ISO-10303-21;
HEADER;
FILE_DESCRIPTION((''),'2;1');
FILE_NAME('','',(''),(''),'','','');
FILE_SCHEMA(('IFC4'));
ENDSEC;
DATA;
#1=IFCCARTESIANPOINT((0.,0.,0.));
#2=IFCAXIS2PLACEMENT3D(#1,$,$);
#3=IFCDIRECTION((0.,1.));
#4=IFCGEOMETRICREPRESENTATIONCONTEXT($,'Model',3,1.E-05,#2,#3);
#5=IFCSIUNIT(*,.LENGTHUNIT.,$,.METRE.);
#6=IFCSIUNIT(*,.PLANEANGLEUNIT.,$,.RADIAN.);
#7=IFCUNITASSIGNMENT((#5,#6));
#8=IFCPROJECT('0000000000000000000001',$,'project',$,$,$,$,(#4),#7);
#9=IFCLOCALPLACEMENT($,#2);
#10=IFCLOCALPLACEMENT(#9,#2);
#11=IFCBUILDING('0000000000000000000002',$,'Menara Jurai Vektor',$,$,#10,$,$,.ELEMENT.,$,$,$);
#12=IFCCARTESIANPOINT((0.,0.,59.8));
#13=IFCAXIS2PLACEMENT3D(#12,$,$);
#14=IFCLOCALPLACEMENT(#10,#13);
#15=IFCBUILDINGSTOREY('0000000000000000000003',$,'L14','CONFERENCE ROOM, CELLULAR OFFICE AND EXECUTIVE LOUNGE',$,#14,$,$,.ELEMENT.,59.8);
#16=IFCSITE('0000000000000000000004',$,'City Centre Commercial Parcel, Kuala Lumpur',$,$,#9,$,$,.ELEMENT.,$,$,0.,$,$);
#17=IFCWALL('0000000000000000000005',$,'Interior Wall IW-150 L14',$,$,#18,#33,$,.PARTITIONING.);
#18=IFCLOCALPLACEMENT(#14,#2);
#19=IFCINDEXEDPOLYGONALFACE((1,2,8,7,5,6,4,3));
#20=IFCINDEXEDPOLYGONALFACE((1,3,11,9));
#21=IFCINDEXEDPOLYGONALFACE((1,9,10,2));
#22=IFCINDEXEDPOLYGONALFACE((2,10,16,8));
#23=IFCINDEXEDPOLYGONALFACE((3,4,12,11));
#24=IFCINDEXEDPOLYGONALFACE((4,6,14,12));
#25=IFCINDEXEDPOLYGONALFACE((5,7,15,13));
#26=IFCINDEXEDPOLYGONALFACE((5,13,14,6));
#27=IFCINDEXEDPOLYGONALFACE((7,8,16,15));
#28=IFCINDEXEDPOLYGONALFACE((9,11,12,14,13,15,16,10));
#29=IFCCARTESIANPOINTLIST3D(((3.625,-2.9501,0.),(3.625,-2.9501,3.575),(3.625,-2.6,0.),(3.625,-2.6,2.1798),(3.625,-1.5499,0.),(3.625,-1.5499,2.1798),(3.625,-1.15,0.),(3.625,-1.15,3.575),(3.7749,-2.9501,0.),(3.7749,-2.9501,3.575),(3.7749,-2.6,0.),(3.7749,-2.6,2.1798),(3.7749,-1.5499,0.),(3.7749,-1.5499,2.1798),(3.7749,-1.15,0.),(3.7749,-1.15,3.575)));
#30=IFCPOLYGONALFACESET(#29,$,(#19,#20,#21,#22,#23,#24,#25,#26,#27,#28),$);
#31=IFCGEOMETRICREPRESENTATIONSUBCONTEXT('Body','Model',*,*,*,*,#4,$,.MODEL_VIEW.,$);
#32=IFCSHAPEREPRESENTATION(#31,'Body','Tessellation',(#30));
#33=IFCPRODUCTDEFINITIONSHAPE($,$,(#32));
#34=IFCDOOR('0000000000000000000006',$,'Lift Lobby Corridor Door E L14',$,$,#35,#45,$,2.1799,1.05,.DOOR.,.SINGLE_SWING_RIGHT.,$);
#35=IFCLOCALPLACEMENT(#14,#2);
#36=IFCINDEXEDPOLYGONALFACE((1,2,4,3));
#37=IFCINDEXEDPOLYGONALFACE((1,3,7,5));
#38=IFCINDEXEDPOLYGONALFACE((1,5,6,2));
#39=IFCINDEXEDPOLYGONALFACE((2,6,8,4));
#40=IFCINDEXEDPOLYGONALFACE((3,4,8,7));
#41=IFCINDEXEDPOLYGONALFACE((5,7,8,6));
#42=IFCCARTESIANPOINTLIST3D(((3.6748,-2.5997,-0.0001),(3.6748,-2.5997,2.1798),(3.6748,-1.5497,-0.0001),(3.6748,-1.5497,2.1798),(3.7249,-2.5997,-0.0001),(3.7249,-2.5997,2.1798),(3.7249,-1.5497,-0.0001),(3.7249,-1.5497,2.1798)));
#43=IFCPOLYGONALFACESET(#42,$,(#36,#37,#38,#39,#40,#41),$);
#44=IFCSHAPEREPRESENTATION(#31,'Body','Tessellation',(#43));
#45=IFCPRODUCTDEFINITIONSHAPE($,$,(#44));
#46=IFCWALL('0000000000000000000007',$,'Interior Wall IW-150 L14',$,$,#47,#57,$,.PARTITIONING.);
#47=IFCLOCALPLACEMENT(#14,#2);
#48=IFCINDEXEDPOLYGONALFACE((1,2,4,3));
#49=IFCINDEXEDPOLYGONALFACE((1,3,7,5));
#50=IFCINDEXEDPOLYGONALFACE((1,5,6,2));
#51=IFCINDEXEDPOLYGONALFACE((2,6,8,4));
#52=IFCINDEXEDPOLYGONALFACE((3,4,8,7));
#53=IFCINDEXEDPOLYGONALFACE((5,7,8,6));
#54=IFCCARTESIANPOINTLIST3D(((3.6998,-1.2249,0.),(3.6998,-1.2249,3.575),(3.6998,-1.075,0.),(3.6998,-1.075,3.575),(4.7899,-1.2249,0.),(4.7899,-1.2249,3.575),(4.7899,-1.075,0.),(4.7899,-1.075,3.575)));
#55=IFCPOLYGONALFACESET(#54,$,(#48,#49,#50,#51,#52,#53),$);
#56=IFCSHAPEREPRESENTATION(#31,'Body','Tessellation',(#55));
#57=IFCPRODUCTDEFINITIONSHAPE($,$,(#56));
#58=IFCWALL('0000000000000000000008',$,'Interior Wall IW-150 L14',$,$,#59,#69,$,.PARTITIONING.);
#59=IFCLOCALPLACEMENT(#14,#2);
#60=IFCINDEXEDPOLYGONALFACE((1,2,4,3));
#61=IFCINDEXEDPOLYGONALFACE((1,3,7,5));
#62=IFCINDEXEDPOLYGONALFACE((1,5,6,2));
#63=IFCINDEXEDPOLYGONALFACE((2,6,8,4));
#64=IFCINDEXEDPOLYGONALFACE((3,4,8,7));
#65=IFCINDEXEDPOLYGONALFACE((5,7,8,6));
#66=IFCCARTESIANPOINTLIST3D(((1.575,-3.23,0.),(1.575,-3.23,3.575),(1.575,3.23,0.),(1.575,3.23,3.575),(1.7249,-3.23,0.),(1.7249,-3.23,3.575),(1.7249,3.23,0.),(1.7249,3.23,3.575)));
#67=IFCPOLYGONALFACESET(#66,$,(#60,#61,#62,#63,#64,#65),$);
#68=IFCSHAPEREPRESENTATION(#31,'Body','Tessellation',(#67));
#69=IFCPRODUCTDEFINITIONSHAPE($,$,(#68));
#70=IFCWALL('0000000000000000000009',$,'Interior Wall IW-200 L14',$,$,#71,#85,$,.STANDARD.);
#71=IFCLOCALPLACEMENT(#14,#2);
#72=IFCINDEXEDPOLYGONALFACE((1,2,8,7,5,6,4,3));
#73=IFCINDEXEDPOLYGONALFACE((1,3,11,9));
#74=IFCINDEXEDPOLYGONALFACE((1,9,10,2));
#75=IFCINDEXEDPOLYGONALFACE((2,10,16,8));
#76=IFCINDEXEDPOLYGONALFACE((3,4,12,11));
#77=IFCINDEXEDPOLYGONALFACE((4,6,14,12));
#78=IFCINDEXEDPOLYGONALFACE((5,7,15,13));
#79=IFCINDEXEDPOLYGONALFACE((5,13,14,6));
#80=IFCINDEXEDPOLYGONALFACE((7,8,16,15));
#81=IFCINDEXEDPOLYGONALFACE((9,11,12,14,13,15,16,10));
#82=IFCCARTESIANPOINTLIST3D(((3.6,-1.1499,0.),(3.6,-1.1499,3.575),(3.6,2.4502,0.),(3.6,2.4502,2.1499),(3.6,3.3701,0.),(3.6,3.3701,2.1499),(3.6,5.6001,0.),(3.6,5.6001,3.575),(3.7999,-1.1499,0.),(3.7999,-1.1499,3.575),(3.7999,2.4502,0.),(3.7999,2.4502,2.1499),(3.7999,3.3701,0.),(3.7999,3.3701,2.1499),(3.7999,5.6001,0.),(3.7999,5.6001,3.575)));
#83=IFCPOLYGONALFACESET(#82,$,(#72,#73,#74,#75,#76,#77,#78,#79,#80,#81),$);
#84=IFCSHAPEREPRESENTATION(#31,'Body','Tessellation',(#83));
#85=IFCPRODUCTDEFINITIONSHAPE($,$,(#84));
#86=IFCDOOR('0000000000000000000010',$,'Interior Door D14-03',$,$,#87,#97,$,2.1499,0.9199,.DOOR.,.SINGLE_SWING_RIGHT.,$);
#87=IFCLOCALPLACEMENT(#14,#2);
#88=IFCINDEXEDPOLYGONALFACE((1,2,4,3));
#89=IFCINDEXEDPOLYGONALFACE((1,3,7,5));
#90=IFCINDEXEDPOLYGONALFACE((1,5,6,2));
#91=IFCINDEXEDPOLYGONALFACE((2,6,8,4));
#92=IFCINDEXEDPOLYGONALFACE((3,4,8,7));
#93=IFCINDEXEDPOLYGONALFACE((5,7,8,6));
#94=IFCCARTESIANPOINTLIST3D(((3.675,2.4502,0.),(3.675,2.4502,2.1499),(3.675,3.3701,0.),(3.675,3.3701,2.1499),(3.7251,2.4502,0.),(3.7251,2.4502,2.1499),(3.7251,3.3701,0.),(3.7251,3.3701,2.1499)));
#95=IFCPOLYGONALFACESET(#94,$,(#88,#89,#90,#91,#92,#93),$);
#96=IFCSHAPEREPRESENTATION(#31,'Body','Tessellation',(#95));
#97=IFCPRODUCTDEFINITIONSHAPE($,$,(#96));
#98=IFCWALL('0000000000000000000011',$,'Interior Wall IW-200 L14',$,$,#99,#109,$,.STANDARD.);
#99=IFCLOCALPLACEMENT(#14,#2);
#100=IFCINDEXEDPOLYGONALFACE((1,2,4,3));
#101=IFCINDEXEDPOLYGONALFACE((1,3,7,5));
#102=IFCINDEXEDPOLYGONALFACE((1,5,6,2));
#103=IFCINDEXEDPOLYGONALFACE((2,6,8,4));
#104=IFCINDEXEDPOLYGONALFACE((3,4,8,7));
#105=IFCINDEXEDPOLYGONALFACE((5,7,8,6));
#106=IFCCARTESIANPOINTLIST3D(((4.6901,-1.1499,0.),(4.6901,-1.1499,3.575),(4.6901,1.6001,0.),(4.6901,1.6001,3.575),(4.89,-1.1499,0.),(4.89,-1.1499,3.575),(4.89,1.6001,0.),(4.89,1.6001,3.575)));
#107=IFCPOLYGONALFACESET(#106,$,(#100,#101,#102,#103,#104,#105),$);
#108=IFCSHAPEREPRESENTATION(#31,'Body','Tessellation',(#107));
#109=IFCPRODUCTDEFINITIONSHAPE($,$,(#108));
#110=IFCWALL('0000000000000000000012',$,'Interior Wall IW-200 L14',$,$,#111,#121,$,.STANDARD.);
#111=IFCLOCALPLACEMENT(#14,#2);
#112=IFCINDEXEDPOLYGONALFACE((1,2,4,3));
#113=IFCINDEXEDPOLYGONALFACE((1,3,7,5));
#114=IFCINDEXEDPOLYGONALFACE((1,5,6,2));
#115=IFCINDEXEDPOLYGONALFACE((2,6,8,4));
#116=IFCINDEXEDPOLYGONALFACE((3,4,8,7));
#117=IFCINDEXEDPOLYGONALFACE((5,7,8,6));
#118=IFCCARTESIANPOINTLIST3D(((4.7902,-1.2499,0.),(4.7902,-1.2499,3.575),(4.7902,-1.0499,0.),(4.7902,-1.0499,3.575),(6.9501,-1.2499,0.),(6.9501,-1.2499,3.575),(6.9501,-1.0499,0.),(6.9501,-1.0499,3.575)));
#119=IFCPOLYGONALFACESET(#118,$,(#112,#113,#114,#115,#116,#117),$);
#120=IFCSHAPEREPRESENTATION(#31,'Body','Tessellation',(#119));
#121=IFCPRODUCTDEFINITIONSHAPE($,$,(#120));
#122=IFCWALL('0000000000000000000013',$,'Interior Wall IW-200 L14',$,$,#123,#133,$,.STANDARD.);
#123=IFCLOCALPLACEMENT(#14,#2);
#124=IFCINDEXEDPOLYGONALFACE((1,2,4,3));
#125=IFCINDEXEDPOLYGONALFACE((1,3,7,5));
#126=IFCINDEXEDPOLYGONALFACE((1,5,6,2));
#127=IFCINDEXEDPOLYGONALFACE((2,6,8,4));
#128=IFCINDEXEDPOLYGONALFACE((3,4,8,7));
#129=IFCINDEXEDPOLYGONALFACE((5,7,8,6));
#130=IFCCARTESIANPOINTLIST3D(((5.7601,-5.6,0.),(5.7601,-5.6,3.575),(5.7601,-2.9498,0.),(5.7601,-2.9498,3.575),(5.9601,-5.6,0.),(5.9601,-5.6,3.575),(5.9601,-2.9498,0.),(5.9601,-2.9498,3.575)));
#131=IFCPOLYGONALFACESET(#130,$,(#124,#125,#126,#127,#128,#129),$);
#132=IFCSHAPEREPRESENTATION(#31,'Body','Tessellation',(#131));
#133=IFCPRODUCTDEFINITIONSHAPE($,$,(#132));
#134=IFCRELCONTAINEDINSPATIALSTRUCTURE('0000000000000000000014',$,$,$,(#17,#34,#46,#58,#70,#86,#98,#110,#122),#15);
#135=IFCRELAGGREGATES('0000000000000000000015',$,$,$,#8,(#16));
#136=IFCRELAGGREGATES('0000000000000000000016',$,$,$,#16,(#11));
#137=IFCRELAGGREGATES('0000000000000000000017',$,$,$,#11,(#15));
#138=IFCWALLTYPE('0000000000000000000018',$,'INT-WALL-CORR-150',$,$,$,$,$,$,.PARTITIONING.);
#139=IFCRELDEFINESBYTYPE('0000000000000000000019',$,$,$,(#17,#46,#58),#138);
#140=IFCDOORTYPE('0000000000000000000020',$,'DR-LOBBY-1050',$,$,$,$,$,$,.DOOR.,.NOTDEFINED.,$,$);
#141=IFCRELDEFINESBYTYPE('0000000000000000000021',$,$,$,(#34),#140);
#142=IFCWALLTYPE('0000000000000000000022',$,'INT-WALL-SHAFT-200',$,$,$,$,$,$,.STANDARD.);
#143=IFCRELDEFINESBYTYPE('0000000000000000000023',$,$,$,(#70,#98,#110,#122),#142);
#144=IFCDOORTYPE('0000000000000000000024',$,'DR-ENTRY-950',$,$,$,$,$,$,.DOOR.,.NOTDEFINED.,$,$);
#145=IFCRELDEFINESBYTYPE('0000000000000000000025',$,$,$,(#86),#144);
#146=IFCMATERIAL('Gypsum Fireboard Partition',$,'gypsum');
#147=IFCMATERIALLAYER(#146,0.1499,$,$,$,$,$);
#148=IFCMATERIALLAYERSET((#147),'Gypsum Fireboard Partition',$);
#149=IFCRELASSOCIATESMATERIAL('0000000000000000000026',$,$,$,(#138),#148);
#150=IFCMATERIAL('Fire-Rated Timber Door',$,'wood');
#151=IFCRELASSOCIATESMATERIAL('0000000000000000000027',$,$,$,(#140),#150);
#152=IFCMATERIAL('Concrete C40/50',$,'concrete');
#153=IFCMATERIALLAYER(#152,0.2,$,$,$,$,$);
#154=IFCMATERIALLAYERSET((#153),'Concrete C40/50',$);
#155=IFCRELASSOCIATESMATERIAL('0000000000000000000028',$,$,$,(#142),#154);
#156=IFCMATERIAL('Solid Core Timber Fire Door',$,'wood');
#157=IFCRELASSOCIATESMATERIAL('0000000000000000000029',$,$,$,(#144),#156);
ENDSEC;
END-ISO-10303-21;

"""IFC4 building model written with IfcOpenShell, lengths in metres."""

from ifc_helpers import new_model, si_unit, direction, frame, frame_2d, origin, place, context, subcontext, project, spatial, rectangle, extrude, material, layer, layer_set, type_object, element, fill, save


model = new_model("IFC4")

# Units and contexts
model_context = context("Model", 3, precision=1e-05, world=origin(), true_north=direction((0.0, 1.0)))
body_context = subcontext(model_context, "Body", "Model", "MODEL_VIEW")
ifc_project = project(units=[si_unit("LENGTHUNIT", "METRE"), si_unit("PLANEANGLEUNIT", "RADIAN")], contexts=[model_context])

# Site, building, storey
site_placement = place(None, origin())
site = spatial("IfcSite", under=ifc_project, at=site_placement, Name="City Centre Commercial Parcel, Kuala Lumpur", CompositionType="ELEMENT", RefElevation=0.0)
building_placement = place(site_placement, origin())
building = spatial("IfcBuilding", under=site, at=building_placement, Name="Menara Jurai Vektor", CompositionType="ELEMENT")
storey_placement = place(building_placement, frame((0.0, 0.0, 59.8)))
storey = spatial("IfcBuildingStorey", under=building, at=storey_placement, Name="L14", Description="CONFERENCE ROOM, CELLULAR OFFICE AND EXECUTIVE LOUNGE", CompositionType="ELEMENT", Elevation=59.8)

# Shared definitions
ifc_material_1 = material(Name="Concrete C40/50", Category="concrete")

# Wall, opening, door
ifc_material_2 = material(Name="Gypsum Fireboard Partition", Category="gypsum")
ifc_layer_1 = layer(ifc_material_2, 0.1499)
ifc_layer_set_1 = layer_set([ifc_layer_1], Name="Gypsum Fireboard Partition")
wall_type_1 = type_object("IfcWallType", Name="INT-WALL-CORR-150", PredefinedType="PARTITIONING", material=ifc_layer_set_1)
wall_1_placement = place(storey_placement, frame((3.7, -2.95, 0.0), z_axis=(0.0, 0.0, 1.0), x_axis=(0.0, 1.0, 0.0)))
wall_1 = element("IfcWall", 1, at=wall_1_placement, inside=storey, type_object=wall_type_1, Name="Interior Wall IW-150 L14", PredefinedType="PARTITIONING", context=body_context, shape_type="SweptSolid", body=[
    extrude(rectangle(XDim=1.8, YDim=0.1499, at=frame_2d((0.8999, 0.0))), origin(), (0.0, 0.0, 1.0), 3.575),
])
opening_1_placement = place(wall_1_placement, frame((0.3501, 0.0, 0.0)))
opening_1 = element("IfcOpeningElement", 2, at=opening_1_placement, cuts=wall_1, PredefinedType="OPENING", context=body_context, shape_type="SweptSolid", body=[
    extrude(rectangle(XDim=1.05, YDim=2.1799, at=frame_2d((0.5249, 1.0898))), frame((0.0, 0.085, 0.0), z_axis=(0.0, -1.0, 0.0), x_axis=(1.0, 0.0, 0.0)), (0.0, 0.0, 1.0), 0.1699),
])
ifc_material_3 = material(Name="Fire-Rated Timber Door", Category="wood")
door_type_1 = type_object("IfcDoorType", Name="DR-LOBBY-1050", OperationType="NOTDEFINED", PredefinedType="DOOR", material=ifc_material_3)
door_1_placement = place(opening_1_placement, frame((1.05, 0.0, 0.0), z_axis=(0.0, 0.0, 1.0), x_axis=(-1.0, 0.0, 0.0)))
door_1 = element("IfcDoor", 3, at=door_1_placement, inside=storey, type_object=door_type_1, Name="Lift Lobby Corridor Door E L14", OperationType="SINGLE_SWING_RIGHT", OverallHeight=2.1799, OverallWidth=1.05, PredefinedType="DOOR", context=body_context, shape_type="SweptSolid", body=[
    extrude(rectangle(XDim=1.05, YDim=2.1799, at=frame_2d((0.5249, 1.0898))), frame((0.0, 0.0249, 0.0), z_axis=(0.0, -1.0, 0.0), x_axis=(1.0, 0.0, 0.0)), (0.0, 0.0, 1.0), 0.05),
])
fill(opening_1, door_1)

# Walls
wall_2_placement = place(storey_placement, frame((3.7, -1.1499, 0.0), z_axis=(0.0, 0.0, 1.0), x_axis=(1.0, 0.0, 0.0)))
element("IfcWall", 4, at=wall_2_placement, inside=storey, type_object=wall_type_1, Name="Interior Wall IW-150 L14", PredefinedType="PARTITIONING", context=body_context, shape_type="SweptSolid", body=[
    extrude(rectangle(XDim=1.0901, YDim=0.1499, at=frame_2d((0.5449, 0.0))), origin(), (0.0, 0.0, 1.0), 3.575),
])
wall_3_placement = place(storey_placement, frame((1.6499, -3.23, 0.0), z_axis=(0.0, 0.0, 1.0), x_axis=(0.0, 1.0, 0.0)))
element("IfcWall", 5, at=wall_3_placement, inside=storey, type_object=wall_type_1, Name="Interior Wall IW-150 L14", PredefinedType="PARTITIONING", context=body_context, shape_type="SweptSolid", body=[
    extrude(rectangle(XDim=6.46, YDim=0.1499, at=frame_2d((3.23, 0.0))), origin(), (0.0, 0.0, 1.0), 3.575),
])

# Wall, opening, door
ifc_layer_2 = layer(ifc_material_1, 0.2)
ifc_layer_set_2 = layer_set([ifc_layer_2], Name="Concrete C40/50")
wall_type_2 = type_object("IfcWallType", Name="INT-WALL-SHAFT-200", PredefinedType="STANDARD", material=ifc_layer_set_2)
wall_4_placement = place(storey_placement, frame((3.7, -1.1499, 0.0), z_axis=(0.0, 0.0, 1.0), x_axis=(0.0, 1.0, 0.0)))
wall_4 = element("IfcWall", 6, at=wall_4_placement, inside=storey, type_object=wall_type_2, Name="Interior Wall IW-200 L14", PredefinedType="STANDARD", context=body_context, shape_type="SweptSolid", body=[
    extrude(rectangle(XDim=6.75, YDim=0.2, at=frame_2d((3.375, 0.0))), origin(), (0.0, 0.0, 1.0), 3.575),
])
opening_2_placement = place(wall_4_placement, frame((3.6001, 0.0, 0.0)))
opening_2 = element("IfcOpeningElement", 7, at=opening_2_placement, cuts=wall_4, PredefinedType="OPENING", context=body_context, shape_type="SweptSolid", body=[
    extrude(rectangle(XDim=0.9199, YDim=2.1499, at=frame_2d((0.46, 1.075))), frame((0.0, 0.1099, 0.0), z_axis=(0.0, -1.0, 0.0), x_axis=(1.0, 0.0, 0.0)), (0.0, 0.0, 1.0), 0.22),
])
ifc_material_4 = material(Name="Solid Core Timber Fire Door", Category="wood")
door_type_2 = type_object("IfcDoorType", Name="DR-ENTRY-950", OperationType="NOTDEFINED", PredefinedType="DOOR", material=ifc_material_4)
door_2_placement = place(opening_2_placement, origin())
door_2 = element("IfcDoor", 8, at=door_2_placement, inside=storey, type_object=door_type_2, Name="Interior Door D14-03", OperationType="SINGLE_SWING_RIGHT", OverallHeight=2.1499, OverallWidth=0.9199, PredefinedType="DOOR", context=body_context, shape_type="SweptSolid", body=[
    extrude(rectangle(XDim=0.9199, YDim=2.1499, at=frame_2d((0.46, 1.075))), frame((0.0, 0.0249, 0.0), z_axis=(0.0, -1.0, 0.0), x_axis=(1.0, 0.0, 0.0)), (0.0, 0.0, 1.0), 0.05),
])
fill(opening_2, door_2)

# Walls
wall_5_placement = place(storey_placement, frame((4.79, -1.1499, 0.0), z_axis=(0.0, 0.0, 1.0), x_axis=(0.0, 1.0, 0.0)))
element("IfcWall", 9, at=wall_5_placement, inside=storey, type_object=wall_type_2, Name="Interior Wall IW-200 L14", PredefinedType="STANDARD", context=body_context, shape_type="SweptSolid", body=[
    extrude(rectangle(XDim=2.75, YDim=0.2, at=frame_2d((1.375, 0.0))), origin(), (0.0, 0.0, 1.0), 3.575),
])
wall_6_placement = place(storey_placement, frame((4.79, -1.1499, 0.0), z_axis=(0.0, 0.0, 1.0), x_axis=(1.0, 0.0, 0.0)))
element("IfcWall", 10, at=wall_6_placement, inside=storey, type_object=wall_type_2, Name="Interior Wall IW-200 L14", PredefinedType="STANDARD", context=body_context, shape_type="SweptSolid", body=[
    extrude(rectangle(XDim=2.1599, YDim=0.2, at=frame_2d((1.0801, 0.0))), origin(), (0.0, 0.0, 1.0), 3.575),
])

# Wall
wall_7_placement = place(storey_placement, frame((5.8601, -5.6001, 0.0), z_axis=(0.0, 0.0, 1.0), x_axis=(0.0, 1.0, 0.0)))
element("IfcWall", 11, at=wall_7_placement, inside=storey, type_object=wall_type_2, Name="Interior Wall IW-200 L14", PredefinedType="STANDARD", context=body_context, shape_type="SweptSolid", body=[
    extrude(rectangle(XDim=2.6501, YDim=0.2, at=frame_2d((1.3252, 0.0))), origin(), (0.0, 0.0, 1.0), 3.575),
])

save(model, "model.ifc")
